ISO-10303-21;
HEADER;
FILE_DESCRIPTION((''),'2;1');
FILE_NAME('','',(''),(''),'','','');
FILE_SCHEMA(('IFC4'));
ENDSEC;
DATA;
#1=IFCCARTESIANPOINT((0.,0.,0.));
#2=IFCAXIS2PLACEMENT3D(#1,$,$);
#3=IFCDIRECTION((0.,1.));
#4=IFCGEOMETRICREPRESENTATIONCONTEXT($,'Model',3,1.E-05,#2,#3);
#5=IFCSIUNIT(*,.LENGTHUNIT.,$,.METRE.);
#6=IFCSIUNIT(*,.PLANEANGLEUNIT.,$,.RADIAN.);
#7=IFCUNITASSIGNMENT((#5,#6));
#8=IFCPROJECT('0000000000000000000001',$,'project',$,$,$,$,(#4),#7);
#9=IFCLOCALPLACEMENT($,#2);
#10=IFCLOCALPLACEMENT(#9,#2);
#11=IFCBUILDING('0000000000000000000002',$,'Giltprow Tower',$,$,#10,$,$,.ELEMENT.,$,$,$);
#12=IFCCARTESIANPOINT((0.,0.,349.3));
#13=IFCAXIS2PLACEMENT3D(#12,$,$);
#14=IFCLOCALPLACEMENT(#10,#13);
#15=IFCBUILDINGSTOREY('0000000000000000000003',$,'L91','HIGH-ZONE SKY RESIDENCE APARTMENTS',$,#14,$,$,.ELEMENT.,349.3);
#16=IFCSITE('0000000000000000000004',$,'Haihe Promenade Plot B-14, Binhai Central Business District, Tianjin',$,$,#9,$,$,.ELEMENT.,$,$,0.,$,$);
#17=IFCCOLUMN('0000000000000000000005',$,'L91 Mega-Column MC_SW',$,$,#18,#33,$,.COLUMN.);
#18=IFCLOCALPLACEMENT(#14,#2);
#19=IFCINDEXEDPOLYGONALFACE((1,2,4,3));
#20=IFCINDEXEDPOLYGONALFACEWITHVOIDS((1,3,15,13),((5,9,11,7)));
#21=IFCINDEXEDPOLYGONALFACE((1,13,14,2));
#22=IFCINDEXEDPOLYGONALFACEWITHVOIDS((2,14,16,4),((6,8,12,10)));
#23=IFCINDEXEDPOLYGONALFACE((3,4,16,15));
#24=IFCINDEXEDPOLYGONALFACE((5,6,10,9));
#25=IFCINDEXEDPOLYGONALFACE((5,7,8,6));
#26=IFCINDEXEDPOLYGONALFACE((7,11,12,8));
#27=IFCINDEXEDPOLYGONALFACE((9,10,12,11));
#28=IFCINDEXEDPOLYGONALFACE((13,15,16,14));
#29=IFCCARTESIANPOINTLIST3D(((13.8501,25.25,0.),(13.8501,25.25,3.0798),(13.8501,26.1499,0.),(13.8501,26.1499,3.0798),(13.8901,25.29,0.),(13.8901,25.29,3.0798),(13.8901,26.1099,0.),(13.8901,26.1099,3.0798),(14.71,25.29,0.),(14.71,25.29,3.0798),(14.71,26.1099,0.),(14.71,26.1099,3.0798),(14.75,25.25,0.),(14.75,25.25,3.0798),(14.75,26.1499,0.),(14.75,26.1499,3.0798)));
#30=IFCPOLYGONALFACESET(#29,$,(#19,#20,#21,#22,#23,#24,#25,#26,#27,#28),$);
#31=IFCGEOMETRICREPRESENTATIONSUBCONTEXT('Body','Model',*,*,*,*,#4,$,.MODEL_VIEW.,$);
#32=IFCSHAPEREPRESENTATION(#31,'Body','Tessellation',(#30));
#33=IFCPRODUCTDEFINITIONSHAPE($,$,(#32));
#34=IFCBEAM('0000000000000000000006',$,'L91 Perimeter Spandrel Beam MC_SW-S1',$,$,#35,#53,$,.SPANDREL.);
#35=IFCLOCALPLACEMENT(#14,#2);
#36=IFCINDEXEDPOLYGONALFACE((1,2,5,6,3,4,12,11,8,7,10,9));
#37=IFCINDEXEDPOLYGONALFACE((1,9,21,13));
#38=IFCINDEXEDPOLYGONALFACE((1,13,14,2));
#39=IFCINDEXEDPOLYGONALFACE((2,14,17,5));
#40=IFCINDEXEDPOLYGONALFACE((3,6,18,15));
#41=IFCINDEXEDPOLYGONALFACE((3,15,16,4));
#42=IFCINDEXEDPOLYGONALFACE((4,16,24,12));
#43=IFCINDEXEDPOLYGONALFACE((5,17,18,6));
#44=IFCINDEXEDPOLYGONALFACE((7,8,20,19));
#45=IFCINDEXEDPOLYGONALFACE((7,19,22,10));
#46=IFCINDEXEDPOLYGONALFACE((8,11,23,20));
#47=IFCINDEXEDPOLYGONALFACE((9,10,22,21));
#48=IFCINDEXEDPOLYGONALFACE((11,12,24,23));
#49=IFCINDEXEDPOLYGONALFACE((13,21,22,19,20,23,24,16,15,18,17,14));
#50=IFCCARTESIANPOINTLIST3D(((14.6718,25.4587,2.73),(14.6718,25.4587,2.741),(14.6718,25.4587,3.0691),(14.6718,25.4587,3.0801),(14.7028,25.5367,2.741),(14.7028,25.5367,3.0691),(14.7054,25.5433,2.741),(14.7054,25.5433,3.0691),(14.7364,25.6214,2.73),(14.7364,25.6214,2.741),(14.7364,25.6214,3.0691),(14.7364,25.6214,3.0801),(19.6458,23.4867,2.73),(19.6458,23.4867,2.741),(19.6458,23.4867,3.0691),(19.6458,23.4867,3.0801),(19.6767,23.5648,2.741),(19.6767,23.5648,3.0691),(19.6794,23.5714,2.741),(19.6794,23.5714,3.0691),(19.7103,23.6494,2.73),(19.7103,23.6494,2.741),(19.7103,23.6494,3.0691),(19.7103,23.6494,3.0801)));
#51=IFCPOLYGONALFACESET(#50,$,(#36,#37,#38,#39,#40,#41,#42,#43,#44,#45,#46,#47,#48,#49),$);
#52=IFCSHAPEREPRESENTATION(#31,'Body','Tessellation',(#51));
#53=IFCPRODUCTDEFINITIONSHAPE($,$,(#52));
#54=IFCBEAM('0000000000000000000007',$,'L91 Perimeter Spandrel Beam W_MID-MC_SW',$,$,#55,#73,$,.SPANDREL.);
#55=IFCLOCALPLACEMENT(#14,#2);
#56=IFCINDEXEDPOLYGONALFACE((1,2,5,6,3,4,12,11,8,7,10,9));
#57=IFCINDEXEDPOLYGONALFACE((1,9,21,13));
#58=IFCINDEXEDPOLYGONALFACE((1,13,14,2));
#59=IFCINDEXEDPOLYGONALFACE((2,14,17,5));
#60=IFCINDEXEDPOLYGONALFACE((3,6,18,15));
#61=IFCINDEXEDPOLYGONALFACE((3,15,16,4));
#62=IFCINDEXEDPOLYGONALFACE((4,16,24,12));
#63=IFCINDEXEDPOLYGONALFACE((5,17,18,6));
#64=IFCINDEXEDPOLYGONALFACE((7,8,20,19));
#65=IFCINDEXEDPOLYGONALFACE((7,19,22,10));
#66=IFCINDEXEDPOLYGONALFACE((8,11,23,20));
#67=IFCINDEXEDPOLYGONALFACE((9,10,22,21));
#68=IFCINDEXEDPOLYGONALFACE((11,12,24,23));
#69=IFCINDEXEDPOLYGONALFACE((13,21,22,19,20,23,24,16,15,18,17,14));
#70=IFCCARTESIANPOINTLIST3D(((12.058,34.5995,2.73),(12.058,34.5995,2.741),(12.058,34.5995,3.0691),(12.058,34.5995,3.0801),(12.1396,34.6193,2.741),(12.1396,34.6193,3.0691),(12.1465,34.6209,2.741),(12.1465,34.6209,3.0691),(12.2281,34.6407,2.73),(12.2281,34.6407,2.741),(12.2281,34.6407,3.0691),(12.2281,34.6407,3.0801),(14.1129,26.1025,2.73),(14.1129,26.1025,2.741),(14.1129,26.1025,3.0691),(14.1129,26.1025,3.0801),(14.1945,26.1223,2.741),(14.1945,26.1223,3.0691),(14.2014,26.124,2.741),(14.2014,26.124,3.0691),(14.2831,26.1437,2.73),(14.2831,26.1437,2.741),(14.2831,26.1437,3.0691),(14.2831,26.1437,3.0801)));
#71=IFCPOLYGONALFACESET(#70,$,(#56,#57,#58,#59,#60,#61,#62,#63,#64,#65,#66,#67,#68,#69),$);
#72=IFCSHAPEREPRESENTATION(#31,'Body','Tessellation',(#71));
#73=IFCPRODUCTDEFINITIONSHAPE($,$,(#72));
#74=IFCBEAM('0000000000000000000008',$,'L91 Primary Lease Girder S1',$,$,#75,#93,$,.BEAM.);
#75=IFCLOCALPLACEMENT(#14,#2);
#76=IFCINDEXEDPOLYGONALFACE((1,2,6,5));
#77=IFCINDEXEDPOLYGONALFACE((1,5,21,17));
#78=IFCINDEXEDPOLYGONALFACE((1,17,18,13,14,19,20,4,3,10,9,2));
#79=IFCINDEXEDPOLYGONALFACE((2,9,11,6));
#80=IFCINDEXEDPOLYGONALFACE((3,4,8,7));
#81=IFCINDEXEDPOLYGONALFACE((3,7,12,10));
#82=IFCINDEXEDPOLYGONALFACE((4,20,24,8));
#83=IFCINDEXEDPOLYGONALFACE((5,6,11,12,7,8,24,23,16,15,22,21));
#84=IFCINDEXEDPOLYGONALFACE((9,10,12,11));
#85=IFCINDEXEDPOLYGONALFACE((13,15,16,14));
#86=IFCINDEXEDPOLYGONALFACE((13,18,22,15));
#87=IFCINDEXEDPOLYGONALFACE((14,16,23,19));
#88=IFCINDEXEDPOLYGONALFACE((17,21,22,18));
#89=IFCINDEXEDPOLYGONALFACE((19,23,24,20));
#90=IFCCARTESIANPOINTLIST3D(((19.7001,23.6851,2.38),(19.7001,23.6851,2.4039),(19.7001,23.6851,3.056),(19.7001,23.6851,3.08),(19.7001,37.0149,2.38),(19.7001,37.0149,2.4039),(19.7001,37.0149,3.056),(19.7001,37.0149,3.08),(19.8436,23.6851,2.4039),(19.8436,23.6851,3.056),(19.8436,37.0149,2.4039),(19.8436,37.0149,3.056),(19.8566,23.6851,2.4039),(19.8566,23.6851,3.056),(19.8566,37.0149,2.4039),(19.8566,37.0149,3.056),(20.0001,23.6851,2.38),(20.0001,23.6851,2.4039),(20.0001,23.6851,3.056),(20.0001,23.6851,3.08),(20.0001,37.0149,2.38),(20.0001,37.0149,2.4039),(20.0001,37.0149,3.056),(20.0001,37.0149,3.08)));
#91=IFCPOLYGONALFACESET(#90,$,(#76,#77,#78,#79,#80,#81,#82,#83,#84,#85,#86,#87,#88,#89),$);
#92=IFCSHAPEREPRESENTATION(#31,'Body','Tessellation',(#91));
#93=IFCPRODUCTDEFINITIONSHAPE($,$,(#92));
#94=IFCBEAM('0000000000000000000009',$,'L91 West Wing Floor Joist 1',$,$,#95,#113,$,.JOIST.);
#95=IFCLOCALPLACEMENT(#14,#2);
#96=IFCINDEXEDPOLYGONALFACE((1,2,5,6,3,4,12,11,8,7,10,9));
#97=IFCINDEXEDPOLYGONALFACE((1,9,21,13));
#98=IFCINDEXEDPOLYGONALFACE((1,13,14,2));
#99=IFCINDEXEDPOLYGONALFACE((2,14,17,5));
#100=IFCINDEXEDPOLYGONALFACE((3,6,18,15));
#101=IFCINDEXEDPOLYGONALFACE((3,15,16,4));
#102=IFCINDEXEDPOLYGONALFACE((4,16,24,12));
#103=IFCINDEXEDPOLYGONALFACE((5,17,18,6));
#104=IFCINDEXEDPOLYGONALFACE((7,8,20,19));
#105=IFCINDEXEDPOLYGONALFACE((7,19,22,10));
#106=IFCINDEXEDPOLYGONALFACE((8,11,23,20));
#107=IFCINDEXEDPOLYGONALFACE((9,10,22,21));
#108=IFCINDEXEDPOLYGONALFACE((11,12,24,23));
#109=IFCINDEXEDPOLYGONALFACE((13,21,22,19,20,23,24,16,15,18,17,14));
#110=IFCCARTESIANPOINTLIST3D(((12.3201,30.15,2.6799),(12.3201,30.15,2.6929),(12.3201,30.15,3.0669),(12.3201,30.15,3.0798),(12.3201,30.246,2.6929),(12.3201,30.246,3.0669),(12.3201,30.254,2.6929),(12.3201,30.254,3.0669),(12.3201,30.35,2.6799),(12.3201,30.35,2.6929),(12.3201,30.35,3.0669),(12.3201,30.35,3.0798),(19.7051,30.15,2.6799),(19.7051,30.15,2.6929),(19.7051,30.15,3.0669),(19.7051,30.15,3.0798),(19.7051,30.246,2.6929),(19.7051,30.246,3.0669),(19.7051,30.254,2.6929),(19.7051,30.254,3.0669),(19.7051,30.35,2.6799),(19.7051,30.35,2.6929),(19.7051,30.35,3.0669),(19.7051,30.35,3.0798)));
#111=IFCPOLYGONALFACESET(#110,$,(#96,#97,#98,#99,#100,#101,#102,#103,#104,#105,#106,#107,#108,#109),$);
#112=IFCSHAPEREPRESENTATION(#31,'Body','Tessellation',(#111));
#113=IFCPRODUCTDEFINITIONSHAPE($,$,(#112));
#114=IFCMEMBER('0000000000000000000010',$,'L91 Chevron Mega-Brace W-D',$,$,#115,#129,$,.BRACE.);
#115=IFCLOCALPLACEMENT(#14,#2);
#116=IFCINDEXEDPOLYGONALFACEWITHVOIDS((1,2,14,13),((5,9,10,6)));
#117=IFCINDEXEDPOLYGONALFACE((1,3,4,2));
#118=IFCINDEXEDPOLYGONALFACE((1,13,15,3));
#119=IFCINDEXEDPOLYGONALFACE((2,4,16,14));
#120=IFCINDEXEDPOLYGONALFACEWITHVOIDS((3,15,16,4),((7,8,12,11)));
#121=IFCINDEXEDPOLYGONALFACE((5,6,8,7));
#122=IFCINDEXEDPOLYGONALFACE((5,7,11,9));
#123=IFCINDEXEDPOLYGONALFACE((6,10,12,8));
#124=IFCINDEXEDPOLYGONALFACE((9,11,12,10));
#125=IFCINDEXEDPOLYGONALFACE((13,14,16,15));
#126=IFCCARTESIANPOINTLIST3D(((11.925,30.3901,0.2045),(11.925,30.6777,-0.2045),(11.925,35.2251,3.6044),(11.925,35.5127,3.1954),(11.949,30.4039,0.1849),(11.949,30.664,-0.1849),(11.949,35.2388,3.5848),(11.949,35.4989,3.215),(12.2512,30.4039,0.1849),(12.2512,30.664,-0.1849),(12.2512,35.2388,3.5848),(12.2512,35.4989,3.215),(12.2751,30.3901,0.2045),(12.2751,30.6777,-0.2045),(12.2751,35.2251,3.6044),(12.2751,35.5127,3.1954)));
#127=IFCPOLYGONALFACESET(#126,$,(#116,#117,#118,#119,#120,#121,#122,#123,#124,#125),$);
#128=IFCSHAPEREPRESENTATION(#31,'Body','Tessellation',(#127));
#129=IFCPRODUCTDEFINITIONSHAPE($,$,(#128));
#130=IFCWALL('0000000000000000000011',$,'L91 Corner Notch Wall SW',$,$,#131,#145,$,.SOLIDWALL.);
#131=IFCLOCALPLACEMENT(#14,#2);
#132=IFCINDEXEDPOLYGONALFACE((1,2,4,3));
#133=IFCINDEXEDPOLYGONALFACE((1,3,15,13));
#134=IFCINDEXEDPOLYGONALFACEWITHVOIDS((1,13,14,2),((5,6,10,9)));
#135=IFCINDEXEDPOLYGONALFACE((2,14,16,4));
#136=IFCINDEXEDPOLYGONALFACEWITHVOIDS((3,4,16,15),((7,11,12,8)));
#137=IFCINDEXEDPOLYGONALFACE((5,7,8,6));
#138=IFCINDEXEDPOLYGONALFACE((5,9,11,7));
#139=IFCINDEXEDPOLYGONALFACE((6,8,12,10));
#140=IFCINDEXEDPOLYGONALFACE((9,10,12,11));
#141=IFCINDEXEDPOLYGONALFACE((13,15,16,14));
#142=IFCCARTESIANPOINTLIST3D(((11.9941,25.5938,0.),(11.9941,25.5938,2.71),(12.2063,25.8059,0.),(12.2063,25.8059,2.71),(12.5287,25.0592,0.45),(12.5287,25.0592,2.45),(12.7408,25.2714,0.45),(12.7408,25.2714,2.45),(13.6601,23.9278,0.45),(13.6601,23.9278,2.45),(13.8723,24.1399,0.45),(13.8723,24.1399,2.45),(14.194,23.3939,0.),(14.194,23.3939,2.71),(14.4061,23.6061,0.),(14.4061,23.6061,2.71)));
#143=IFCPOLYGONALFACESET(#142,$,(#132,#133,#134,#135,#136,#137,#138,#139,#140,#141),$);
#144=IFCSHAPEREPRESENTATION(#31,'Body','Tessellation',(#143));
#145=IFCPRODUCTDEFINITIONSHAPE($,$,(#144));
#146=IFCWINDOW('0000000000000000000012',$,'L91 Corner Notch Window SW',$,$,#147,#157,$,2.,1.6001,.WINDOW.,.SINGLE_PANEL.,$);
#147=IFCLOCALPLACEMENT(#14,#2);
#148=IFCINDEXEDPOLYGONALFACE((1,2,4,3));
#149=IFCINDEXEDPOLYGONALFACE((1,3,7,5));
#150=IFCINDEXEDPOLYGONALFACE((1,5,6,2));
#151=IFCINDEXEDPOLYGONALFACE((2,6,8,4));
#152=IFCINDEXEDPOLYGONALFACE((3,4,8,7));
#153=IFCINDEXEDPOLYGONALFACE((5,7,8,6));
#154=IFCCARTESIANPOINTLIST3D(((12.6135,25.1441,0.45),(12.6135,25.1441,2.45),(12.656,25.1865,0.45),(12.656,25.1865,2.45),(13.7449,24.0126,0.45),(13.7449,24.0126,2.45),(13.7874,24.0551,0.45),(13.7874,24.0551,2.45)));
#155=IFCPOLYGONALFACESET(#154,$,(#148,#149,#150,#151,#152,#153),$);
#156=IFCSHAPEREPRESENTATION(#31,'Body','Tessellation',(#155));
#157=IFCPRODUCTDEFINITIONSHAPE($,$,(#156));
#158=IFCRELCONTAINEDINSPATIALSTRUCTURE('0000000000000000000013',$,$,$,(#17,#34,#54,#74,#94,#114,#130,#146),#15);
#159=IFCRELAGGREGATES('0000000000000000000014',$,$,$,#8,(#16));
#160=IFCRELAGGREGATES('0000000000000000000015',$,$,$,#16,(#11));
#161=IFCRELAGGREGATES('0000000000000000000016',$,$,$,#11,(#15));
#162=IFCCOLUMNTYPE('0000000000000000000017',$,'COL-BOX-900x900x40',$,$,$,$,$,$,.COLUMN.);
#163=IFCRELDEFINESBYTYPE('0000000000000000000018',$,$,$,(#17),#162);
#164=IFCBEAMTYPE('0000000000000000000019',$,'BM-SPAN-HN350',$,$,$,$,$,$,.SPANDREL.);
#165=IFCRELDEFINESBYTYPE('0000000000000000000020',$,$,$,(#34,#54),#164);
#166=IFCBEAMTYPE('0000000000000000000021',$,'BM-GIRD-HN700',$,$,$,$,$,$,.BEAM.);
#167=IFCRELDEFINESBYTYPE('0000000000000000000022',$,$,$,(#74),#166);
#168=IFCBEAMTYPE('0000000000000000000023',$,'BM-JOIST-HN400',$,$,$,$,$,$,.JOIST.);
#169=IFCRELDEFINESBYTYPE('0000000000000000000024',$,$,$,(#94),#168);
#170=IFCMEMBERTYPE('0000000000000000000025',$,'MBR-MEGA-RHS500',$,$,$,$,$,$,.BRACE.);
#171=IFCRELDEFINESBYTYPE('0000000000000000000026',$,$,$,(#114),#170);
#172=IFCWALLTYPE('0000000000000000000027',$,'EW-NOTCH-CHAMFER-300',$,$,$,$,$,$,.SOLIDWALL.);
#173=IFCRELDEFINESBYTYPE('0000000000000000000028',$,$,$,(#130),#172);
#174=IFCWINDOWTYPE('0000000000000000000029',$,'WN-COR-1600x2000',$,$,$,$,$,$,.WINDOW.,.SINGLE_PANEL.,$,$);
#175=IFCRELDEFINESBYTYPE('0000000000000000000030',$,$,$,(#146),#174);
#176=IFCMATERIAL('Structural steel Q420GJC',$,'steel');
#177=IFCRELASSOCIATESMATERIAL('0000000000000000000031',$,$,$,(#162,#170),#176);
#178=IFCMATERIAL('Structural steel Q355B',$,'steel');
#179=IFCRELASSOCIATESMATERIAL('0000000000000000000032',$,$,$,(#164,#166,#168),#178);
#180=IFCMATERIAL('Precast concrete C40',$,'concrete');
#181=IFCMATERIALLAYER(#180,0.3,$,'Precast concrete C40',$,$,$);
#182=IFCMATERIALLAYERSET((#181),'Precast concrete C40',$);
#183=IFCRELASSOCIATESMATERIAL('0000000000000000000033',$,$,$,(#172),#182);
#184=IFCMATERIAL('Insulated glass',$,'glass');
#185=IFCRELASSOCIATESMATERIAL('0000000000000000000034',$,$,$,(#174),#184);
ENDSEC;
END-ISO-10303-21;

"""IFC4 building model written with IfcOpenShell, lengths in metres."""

from ifc_helpers import new_model, si_unit, direction, frame, frame_2d, origin, origin_2d, place, context, subcontext, project, spatial, rectangle, hollow_rectangle, i_section, extrude, source, transform, mapped, material, layer, layer_set, material_profile, profile_set, type_object, element, fill, save


model = new_model("IFC4")

# Units and contexts
model_context = context("Model", 3, precision=1e-05, world=origin(), true_north=direction((0.0, 1.0)))
body_context = subcontext(model_context, "Body", "Model", "MODEL_VIEW")
ifc_project = project(units=[si_unit("LENGTHUNIT", "METRE"), si_unit("PLANEANGLEUNIT", "RADIAN")], contexts=[model_context])

# Site, building, storey
site_placement = place(None, origin())
site = spatial("IfcSite", under=ifc_project, at=site_placement, Name="Haihe Promenade Plot B-14, Binhai Central Business District, Tianjin", CompositionType="ELEMENT", RefElevation=0.0)
building_placement = place(site_placement, origin())
building = spatial("IfcBuilding", under=site, at=building_placement, Name="Giltprow Tower", CompositionType="ELEMENT")
storey_placement = place(building_placement, frame((0.0, 0.0, 349.3)))
storey = spatial("IfcBuildingStorey", under=building, at=storey_placement, Name="L91", Description="HIGH-ZONE SKY RESIDENCE APARTMENTS", CompositionType="ELEMENT", Elevation=349.3)

# Column
ifc_material_1 = material(Name="Structural steel Q420GJC", Category="steel")
ifc_material_profile_1 = material_profile(ifc_material_1, hollow_rectangle(XDim=0.8999, YDim=0.8999, WallThickness=0.04, at=origin_2d()), Name="BOX 900x900x40")
ifc_profile_set_1 = profile_set([ifc_material_profile_1], Name="Structural steel Q420GJC")
column_type = type_object("IfcColumnType", Name="COL-BOX-900x900x40", PredefinedType="COLUMN", material=ifc_profile_set_1)
shared_shape_1 = source(origin(), body_context, "Body", "SweptSolid", [
    extrude(hollow_rectangle(XDim=0.8999, YDim=0.8999, WallThickness=0.04, at=origin_2d()), origin(), (0.0, 0.0, 1.0), 3.0798),
])
column_placement = place(storey_placement, frame((14.3, 25.7, 0.0), z_axis=(0.0, 0.0, 1.0), x_axis=(1.0, 0.0, 0.0)))
element("IfcColumn", 1, at=column_placement, inside=storey, type_object=column_type, Name="L91 Mega-Column MC_SW", PredefinedType="COLUMN", context=body_context, shape_type="MappedRepresentation", body=[
    mapped(shared_shape_1, transform((0.0, 0.0, 0.0), x_axis=(1.0, 0.0, 0.0), y_axis=(0.0, 1.0, 0.0), z_axis=(0.0, 0.0, 1.0), scale=1.0)),
])

# Beams
ifc_material_2 = material(Name="Structural steel Q355B", Category="steel")
ifc_material_profile_2 = material_profile(ifc_material_2, i_section(OverallWidth=0.175, OverallDepth=0.3501, WebThickness=0.0071, FlangeThickness=0.011, at=origin_2d()), Name="HN 350x175x7x11")
ifc_profile_set_2 = profile_set([ifc_material_profile_2], Name="Structural steel Q355B")
beam_type_1 = type_object("IfcBeamType", Name="BM-SPAN-HN350", PredefinedType="SPANDREL", material=ifc_profile_set_2)
shared_shape_2 = source(origin(), body_context, "Body", "SweptSolid", [
    extrude(i_section(OverallWidth=0.175, OverallDepth=0.3501, WebThickness=0.0071, FlangeThickness=0.011, at=origin_2d()), origin(), (0.0, 0.0, 1.0), 5.3506),
])
beam_1_placement = place(storey_placement, frame((14.7041, 25.54, 2.905), z_axis=(0.929608, -0.368549, 0.0), x_axis=(0.368549, 0.929608, 0.0)))
element("IfcBeam", 2, at=beam_1_placement, inside=storey, type_object=beam_type_1, Name="L91 Perimeter Spandrel Beam MC_SW-S1", PredefinedType="SPANDREL", context=body_context, shape_type="MappedRepresentation", body=[
    mapped(shared_shape_2, transform((0.0, 0.0, 0.0), x_axis=(1.0, 0.0, 0.0), y_axis=(0.0, 1.0, 0.0), z_axis=(0.0, 0.0, 1.0), scale=1.0)),
])
shared_shape_3 = source(origin(), body_context, "Body", "SweptSolid", [
    extrude(i_section(OverallWidth=0.175, OverallDepth=0.3501, WebThickness=0.0071, FlangeThickness=0.011, at=origin_2d()), origin(), (0.0, 0.0, 1.0), 8.7419),
])
beam_2_placement = place(storey_placement, frame((12.1431, 34.6201, 2.905), z_axis=(0.235064, -0.97198, 0.0), x_axis=(0.97198, 0.235064, 0.0)))
element("IfcBeam", 3, at=beam_2_placement, inside=storey, type_object=beam_type_1, Name="L91 Perimeter Spandrel Beam W_MID-MC_SW", PredefinedType="SPANDREL", context=body_context, shape_type="MappedRepresentation", body=[
    mapped(shared_shape_3, transform((0.0, 0.0, 0.0), x_axis=(1.0, 0.0, 0.0), y_axis=(0.0, 1.0, 0.0), z_axis=(0.0, 0.0, 1.0), scale=1.0)),
])
ifc_material_profile_3 = material_profile(ifc_material_2, i_section(OverallWidth=0.3, OverallDepth=0.7, WebThickness=0.0129, FlangeThickness=0.0239, at=origin_2d()), Name="HN 700x300x13x24")
ifc_profile_set_3 = profile_set([ifc_material_profile_3], Name="Structural steel Q355B")
beam_type_2 = type_object("IfcBeamType", Name="BM-GIRD-HN700", PredefinedType="BEAM", material=ifc_profile_set_3)
shared_shape_4 = source(origin(), body_context, "Body", "SweptSolid", [
    extrude(i_section(OverallWidth=0.3, OverallDepth=0.7, WebThickness=0.0129, FlangeThickness=0.0239, at=origin_2d()), origin(), (0.0, 0.0, 1.0), 13.3298),
])
beam_3_placement = place(storey_placement, frame((19.8501, 23.6851, 2.73), z_axis=(0.0, 1.0, 0.0), x_axis=(-1.0, 0.0, 0.0)))
element("IfcBeam", 4, at=beam_3_placement, inside=storey, type_object=beam_type_2, Name="L91 Primary Lease Girder S1", PredefinedType="BEAM", context=body_context, shape_type="MappedRepresentation", body=[
    mapped(shared_shape_4, transform((0.0, 0.0, 0.0), x_axis=(1.0, 0.0, 0.0), y_axis=(0.0, 1.0, 0.0), z_axis=(0.0, 0.0, 1.0), scale=1.0)),
])
ifc_material_profile_4 = material_profile(ifc_material_2, i_section(OverallWidth=0.2, OverallDepth=0.3999, WebThickness=0.0081, FlangeThickness=0.0129, at=origin_2d()), Name="HN 400x200x8x13")
ifc_profile_set_4 = profile_set([ifc_material_profile_4], Name="Structural steel Q355B")
beam_type_3 = type_object("IfcBeamType", Name="BM-JOIST-HN400", PredefinedType="JOIST", material=ifc_profile_set_4)
shared_shape_5 = source(origin(), body_context, "Body", "SweptSolid", [
    extrude(i_section(OverallWidth=0.2, OverallDepth=0.3999, WebThickness=0.0081, FlangeThickness=0.0129, at=origin_2d()), origin(), (0.0, 0.0, 1.0), 7.385),
])
beam_4_placement = place(storey_placement, frame((12.3201, 30.25, 2.8799), z_axis=(1.0, 0.0, 0.0), x_axis=(0.0, 1.0, 0.0)))
element("IfcBeam", 5, at=beam_4_placement, inside=storey, type_object=beam_type_3, Name="L91 West Wing Floor Joist 1", PredefinedType="JOIST", context=body_context, shape_type="MappedRepresentation", body=[
    mapped(shared_shape_5, transform((0.0, 0.0, 0.0), x_axis=(1.0, 0.0, 0.0), y_axis=(0.0, 1.0, 0.0), z_axis=(0.0, 0.0, 1.0), scale=1.0)),
])

# Member
ifc_material_profile_5 = material_profile(ifc_material_1, hollow_rectangle(XDim=0.3501, YDim=0.5, WallThickness=0.0239, at=origin_2d()), Name="RHS 500x350x24")
ifc_profile_set_5 = profile_set([ifc_material_profile_5], Name="Structural steel Q420GJC")
member_type = type_object("IfcMemberType", Name="MBR-MEGA-RHS500", PredefinedType="BRACE", material=ifc_profile_set_5)
shared_shape_6 = source(origin(), body_context, "Body", "SweptSolid", [
    extrude(hollow_rectangle(XDim=0.3501, YDim=0.5, WallThickness=0.0239, at=origin_2d()), origin(), (0.0, 0.0, 1.0), 5.9106),
])
member_placement = place(storey_placement, frame((12.1001, 30.5339, 0.0), z_axis=(0.0, 0.818004, 0.575213), x_axis=(-1.0, 0.0, 0.0)))
element("IfcMember", 6, at=member_placement, inside=storey, type_object=member_type, Name="L91 Chevron Mega-Brace W-D", PredefinedType="BRACE", context=body_context, shape_type="MappedRepresentation", body=[
    mapped(shared_shape_6, transform((0.0, 0.0, 0.0), x_axis=(1.0, 0.0, 0.0), y_axis=(0.0, 1.0, 0.0), z_axis=(0.0, 0.0, 1.0), scale=1.0)),
])

# Wall, opening, window
ifc_material_3 = material(Name="Precast concrete C40", Category="concrete")
ifc_layer_1 = layer(ifc_material_3, 0.3, Name="Precast concrete C40")
ifc_layer_set_1 = layer_set([ifc_layer_1], Name="Precast concrete C40")
wall_type_1 = type_object("IfcWallType", Name="EW-NOTCH-CHAMFER-300", PredefinedType="SOLIDWALL", material=ifc_layer_set_1)
wall_1_placement = place(storey_placement, frame((12.1001, 25.7, 0.0), z_axis=(0.0, 0.0, 1.0), x_axis=(0.707107, -0.707107, 0.0)))
wall_1 = element("IfcWall", 7, at=wall_1_placement, inside=storey, type_object=wall_type_1, Name="L91 Corner Notch Wall SW", PredefinedType="SOLIDWALL", context=body_context, shape_type="SweptSolid", body=[
    extrude(rectangle(XDim=3.1111, YDim=0.3, at=frame_2d((1.5557, 0.0))), origin(), (0.0, 0.0, 1.0), 2.71),
])
opening_1_placement = place(wall_1_placement, frame((0.7561, 0.0, 0.45)))
opening_1 = element("IfcOpeningElement", 8, at=opening_1_placement, cuts=wall_1, PredefinedType="OPENING", context=body_context, shape_type="SweptSolid", body=[
    extrude(rectangle(XDim=1.6001, YDim=2.0, at=frame_2d((0.8, 1.0))), frame((0.0, 0.1599, 0.0), z_axis=(0.0, -1.0, 0.0), x_axis=(1.0, 0.0, 0.0)), (0.0, 0.0, 1.0), 0.3201),
])
ifc_material_4 = material(Name="Insulated glass", Category="glass")
window_type = type_object("IfcWindowType", Name="WN-COR-1600x2000", PartitioningType="SINGLE_PANEL", PredefinedType="WINDOW", material=ifc_material_4)
shared_shape_7 = source(origin(), body_context, "Body", "SweptSolid", [
    extrude(rectangle(XDim=1.6001, YDim=2.0, at=frame_2d((0.8, 1.0))), frame((0.0, 0.03, 0.0), z_axis=(0.0, -1.0, 0.0), x_axis=(1.0, 0.0, 0.0)), (0.0, 0.0, 1.0), 0.0601),
])
window_1_placement = place(opening_1_placement, origin())
window_1 = element("IfcWindow", 9, at=window_1_placement, inside=storey, type_object=window_type, Name="L91 Corner Notch Window SW", OverallHeight=2.0, OverallWidth=1.6001, PartitioningType="SINGLE_PANEL", PredefinedType="WINDOW", context=body_context, shape_type="MappedRepresentation", body=[
    mapped(shared_shape_7, transform((0.0, 0.0, 0.0), x_axis=(1.0, 0.0, 0.0), y_axis=(0.0, 1.0, 0.0), z_axis=(0.0, 0.0, 1.0), scale=1.0)),
])
fill(opening_1, window_1)

save(model, "model.ifc")
